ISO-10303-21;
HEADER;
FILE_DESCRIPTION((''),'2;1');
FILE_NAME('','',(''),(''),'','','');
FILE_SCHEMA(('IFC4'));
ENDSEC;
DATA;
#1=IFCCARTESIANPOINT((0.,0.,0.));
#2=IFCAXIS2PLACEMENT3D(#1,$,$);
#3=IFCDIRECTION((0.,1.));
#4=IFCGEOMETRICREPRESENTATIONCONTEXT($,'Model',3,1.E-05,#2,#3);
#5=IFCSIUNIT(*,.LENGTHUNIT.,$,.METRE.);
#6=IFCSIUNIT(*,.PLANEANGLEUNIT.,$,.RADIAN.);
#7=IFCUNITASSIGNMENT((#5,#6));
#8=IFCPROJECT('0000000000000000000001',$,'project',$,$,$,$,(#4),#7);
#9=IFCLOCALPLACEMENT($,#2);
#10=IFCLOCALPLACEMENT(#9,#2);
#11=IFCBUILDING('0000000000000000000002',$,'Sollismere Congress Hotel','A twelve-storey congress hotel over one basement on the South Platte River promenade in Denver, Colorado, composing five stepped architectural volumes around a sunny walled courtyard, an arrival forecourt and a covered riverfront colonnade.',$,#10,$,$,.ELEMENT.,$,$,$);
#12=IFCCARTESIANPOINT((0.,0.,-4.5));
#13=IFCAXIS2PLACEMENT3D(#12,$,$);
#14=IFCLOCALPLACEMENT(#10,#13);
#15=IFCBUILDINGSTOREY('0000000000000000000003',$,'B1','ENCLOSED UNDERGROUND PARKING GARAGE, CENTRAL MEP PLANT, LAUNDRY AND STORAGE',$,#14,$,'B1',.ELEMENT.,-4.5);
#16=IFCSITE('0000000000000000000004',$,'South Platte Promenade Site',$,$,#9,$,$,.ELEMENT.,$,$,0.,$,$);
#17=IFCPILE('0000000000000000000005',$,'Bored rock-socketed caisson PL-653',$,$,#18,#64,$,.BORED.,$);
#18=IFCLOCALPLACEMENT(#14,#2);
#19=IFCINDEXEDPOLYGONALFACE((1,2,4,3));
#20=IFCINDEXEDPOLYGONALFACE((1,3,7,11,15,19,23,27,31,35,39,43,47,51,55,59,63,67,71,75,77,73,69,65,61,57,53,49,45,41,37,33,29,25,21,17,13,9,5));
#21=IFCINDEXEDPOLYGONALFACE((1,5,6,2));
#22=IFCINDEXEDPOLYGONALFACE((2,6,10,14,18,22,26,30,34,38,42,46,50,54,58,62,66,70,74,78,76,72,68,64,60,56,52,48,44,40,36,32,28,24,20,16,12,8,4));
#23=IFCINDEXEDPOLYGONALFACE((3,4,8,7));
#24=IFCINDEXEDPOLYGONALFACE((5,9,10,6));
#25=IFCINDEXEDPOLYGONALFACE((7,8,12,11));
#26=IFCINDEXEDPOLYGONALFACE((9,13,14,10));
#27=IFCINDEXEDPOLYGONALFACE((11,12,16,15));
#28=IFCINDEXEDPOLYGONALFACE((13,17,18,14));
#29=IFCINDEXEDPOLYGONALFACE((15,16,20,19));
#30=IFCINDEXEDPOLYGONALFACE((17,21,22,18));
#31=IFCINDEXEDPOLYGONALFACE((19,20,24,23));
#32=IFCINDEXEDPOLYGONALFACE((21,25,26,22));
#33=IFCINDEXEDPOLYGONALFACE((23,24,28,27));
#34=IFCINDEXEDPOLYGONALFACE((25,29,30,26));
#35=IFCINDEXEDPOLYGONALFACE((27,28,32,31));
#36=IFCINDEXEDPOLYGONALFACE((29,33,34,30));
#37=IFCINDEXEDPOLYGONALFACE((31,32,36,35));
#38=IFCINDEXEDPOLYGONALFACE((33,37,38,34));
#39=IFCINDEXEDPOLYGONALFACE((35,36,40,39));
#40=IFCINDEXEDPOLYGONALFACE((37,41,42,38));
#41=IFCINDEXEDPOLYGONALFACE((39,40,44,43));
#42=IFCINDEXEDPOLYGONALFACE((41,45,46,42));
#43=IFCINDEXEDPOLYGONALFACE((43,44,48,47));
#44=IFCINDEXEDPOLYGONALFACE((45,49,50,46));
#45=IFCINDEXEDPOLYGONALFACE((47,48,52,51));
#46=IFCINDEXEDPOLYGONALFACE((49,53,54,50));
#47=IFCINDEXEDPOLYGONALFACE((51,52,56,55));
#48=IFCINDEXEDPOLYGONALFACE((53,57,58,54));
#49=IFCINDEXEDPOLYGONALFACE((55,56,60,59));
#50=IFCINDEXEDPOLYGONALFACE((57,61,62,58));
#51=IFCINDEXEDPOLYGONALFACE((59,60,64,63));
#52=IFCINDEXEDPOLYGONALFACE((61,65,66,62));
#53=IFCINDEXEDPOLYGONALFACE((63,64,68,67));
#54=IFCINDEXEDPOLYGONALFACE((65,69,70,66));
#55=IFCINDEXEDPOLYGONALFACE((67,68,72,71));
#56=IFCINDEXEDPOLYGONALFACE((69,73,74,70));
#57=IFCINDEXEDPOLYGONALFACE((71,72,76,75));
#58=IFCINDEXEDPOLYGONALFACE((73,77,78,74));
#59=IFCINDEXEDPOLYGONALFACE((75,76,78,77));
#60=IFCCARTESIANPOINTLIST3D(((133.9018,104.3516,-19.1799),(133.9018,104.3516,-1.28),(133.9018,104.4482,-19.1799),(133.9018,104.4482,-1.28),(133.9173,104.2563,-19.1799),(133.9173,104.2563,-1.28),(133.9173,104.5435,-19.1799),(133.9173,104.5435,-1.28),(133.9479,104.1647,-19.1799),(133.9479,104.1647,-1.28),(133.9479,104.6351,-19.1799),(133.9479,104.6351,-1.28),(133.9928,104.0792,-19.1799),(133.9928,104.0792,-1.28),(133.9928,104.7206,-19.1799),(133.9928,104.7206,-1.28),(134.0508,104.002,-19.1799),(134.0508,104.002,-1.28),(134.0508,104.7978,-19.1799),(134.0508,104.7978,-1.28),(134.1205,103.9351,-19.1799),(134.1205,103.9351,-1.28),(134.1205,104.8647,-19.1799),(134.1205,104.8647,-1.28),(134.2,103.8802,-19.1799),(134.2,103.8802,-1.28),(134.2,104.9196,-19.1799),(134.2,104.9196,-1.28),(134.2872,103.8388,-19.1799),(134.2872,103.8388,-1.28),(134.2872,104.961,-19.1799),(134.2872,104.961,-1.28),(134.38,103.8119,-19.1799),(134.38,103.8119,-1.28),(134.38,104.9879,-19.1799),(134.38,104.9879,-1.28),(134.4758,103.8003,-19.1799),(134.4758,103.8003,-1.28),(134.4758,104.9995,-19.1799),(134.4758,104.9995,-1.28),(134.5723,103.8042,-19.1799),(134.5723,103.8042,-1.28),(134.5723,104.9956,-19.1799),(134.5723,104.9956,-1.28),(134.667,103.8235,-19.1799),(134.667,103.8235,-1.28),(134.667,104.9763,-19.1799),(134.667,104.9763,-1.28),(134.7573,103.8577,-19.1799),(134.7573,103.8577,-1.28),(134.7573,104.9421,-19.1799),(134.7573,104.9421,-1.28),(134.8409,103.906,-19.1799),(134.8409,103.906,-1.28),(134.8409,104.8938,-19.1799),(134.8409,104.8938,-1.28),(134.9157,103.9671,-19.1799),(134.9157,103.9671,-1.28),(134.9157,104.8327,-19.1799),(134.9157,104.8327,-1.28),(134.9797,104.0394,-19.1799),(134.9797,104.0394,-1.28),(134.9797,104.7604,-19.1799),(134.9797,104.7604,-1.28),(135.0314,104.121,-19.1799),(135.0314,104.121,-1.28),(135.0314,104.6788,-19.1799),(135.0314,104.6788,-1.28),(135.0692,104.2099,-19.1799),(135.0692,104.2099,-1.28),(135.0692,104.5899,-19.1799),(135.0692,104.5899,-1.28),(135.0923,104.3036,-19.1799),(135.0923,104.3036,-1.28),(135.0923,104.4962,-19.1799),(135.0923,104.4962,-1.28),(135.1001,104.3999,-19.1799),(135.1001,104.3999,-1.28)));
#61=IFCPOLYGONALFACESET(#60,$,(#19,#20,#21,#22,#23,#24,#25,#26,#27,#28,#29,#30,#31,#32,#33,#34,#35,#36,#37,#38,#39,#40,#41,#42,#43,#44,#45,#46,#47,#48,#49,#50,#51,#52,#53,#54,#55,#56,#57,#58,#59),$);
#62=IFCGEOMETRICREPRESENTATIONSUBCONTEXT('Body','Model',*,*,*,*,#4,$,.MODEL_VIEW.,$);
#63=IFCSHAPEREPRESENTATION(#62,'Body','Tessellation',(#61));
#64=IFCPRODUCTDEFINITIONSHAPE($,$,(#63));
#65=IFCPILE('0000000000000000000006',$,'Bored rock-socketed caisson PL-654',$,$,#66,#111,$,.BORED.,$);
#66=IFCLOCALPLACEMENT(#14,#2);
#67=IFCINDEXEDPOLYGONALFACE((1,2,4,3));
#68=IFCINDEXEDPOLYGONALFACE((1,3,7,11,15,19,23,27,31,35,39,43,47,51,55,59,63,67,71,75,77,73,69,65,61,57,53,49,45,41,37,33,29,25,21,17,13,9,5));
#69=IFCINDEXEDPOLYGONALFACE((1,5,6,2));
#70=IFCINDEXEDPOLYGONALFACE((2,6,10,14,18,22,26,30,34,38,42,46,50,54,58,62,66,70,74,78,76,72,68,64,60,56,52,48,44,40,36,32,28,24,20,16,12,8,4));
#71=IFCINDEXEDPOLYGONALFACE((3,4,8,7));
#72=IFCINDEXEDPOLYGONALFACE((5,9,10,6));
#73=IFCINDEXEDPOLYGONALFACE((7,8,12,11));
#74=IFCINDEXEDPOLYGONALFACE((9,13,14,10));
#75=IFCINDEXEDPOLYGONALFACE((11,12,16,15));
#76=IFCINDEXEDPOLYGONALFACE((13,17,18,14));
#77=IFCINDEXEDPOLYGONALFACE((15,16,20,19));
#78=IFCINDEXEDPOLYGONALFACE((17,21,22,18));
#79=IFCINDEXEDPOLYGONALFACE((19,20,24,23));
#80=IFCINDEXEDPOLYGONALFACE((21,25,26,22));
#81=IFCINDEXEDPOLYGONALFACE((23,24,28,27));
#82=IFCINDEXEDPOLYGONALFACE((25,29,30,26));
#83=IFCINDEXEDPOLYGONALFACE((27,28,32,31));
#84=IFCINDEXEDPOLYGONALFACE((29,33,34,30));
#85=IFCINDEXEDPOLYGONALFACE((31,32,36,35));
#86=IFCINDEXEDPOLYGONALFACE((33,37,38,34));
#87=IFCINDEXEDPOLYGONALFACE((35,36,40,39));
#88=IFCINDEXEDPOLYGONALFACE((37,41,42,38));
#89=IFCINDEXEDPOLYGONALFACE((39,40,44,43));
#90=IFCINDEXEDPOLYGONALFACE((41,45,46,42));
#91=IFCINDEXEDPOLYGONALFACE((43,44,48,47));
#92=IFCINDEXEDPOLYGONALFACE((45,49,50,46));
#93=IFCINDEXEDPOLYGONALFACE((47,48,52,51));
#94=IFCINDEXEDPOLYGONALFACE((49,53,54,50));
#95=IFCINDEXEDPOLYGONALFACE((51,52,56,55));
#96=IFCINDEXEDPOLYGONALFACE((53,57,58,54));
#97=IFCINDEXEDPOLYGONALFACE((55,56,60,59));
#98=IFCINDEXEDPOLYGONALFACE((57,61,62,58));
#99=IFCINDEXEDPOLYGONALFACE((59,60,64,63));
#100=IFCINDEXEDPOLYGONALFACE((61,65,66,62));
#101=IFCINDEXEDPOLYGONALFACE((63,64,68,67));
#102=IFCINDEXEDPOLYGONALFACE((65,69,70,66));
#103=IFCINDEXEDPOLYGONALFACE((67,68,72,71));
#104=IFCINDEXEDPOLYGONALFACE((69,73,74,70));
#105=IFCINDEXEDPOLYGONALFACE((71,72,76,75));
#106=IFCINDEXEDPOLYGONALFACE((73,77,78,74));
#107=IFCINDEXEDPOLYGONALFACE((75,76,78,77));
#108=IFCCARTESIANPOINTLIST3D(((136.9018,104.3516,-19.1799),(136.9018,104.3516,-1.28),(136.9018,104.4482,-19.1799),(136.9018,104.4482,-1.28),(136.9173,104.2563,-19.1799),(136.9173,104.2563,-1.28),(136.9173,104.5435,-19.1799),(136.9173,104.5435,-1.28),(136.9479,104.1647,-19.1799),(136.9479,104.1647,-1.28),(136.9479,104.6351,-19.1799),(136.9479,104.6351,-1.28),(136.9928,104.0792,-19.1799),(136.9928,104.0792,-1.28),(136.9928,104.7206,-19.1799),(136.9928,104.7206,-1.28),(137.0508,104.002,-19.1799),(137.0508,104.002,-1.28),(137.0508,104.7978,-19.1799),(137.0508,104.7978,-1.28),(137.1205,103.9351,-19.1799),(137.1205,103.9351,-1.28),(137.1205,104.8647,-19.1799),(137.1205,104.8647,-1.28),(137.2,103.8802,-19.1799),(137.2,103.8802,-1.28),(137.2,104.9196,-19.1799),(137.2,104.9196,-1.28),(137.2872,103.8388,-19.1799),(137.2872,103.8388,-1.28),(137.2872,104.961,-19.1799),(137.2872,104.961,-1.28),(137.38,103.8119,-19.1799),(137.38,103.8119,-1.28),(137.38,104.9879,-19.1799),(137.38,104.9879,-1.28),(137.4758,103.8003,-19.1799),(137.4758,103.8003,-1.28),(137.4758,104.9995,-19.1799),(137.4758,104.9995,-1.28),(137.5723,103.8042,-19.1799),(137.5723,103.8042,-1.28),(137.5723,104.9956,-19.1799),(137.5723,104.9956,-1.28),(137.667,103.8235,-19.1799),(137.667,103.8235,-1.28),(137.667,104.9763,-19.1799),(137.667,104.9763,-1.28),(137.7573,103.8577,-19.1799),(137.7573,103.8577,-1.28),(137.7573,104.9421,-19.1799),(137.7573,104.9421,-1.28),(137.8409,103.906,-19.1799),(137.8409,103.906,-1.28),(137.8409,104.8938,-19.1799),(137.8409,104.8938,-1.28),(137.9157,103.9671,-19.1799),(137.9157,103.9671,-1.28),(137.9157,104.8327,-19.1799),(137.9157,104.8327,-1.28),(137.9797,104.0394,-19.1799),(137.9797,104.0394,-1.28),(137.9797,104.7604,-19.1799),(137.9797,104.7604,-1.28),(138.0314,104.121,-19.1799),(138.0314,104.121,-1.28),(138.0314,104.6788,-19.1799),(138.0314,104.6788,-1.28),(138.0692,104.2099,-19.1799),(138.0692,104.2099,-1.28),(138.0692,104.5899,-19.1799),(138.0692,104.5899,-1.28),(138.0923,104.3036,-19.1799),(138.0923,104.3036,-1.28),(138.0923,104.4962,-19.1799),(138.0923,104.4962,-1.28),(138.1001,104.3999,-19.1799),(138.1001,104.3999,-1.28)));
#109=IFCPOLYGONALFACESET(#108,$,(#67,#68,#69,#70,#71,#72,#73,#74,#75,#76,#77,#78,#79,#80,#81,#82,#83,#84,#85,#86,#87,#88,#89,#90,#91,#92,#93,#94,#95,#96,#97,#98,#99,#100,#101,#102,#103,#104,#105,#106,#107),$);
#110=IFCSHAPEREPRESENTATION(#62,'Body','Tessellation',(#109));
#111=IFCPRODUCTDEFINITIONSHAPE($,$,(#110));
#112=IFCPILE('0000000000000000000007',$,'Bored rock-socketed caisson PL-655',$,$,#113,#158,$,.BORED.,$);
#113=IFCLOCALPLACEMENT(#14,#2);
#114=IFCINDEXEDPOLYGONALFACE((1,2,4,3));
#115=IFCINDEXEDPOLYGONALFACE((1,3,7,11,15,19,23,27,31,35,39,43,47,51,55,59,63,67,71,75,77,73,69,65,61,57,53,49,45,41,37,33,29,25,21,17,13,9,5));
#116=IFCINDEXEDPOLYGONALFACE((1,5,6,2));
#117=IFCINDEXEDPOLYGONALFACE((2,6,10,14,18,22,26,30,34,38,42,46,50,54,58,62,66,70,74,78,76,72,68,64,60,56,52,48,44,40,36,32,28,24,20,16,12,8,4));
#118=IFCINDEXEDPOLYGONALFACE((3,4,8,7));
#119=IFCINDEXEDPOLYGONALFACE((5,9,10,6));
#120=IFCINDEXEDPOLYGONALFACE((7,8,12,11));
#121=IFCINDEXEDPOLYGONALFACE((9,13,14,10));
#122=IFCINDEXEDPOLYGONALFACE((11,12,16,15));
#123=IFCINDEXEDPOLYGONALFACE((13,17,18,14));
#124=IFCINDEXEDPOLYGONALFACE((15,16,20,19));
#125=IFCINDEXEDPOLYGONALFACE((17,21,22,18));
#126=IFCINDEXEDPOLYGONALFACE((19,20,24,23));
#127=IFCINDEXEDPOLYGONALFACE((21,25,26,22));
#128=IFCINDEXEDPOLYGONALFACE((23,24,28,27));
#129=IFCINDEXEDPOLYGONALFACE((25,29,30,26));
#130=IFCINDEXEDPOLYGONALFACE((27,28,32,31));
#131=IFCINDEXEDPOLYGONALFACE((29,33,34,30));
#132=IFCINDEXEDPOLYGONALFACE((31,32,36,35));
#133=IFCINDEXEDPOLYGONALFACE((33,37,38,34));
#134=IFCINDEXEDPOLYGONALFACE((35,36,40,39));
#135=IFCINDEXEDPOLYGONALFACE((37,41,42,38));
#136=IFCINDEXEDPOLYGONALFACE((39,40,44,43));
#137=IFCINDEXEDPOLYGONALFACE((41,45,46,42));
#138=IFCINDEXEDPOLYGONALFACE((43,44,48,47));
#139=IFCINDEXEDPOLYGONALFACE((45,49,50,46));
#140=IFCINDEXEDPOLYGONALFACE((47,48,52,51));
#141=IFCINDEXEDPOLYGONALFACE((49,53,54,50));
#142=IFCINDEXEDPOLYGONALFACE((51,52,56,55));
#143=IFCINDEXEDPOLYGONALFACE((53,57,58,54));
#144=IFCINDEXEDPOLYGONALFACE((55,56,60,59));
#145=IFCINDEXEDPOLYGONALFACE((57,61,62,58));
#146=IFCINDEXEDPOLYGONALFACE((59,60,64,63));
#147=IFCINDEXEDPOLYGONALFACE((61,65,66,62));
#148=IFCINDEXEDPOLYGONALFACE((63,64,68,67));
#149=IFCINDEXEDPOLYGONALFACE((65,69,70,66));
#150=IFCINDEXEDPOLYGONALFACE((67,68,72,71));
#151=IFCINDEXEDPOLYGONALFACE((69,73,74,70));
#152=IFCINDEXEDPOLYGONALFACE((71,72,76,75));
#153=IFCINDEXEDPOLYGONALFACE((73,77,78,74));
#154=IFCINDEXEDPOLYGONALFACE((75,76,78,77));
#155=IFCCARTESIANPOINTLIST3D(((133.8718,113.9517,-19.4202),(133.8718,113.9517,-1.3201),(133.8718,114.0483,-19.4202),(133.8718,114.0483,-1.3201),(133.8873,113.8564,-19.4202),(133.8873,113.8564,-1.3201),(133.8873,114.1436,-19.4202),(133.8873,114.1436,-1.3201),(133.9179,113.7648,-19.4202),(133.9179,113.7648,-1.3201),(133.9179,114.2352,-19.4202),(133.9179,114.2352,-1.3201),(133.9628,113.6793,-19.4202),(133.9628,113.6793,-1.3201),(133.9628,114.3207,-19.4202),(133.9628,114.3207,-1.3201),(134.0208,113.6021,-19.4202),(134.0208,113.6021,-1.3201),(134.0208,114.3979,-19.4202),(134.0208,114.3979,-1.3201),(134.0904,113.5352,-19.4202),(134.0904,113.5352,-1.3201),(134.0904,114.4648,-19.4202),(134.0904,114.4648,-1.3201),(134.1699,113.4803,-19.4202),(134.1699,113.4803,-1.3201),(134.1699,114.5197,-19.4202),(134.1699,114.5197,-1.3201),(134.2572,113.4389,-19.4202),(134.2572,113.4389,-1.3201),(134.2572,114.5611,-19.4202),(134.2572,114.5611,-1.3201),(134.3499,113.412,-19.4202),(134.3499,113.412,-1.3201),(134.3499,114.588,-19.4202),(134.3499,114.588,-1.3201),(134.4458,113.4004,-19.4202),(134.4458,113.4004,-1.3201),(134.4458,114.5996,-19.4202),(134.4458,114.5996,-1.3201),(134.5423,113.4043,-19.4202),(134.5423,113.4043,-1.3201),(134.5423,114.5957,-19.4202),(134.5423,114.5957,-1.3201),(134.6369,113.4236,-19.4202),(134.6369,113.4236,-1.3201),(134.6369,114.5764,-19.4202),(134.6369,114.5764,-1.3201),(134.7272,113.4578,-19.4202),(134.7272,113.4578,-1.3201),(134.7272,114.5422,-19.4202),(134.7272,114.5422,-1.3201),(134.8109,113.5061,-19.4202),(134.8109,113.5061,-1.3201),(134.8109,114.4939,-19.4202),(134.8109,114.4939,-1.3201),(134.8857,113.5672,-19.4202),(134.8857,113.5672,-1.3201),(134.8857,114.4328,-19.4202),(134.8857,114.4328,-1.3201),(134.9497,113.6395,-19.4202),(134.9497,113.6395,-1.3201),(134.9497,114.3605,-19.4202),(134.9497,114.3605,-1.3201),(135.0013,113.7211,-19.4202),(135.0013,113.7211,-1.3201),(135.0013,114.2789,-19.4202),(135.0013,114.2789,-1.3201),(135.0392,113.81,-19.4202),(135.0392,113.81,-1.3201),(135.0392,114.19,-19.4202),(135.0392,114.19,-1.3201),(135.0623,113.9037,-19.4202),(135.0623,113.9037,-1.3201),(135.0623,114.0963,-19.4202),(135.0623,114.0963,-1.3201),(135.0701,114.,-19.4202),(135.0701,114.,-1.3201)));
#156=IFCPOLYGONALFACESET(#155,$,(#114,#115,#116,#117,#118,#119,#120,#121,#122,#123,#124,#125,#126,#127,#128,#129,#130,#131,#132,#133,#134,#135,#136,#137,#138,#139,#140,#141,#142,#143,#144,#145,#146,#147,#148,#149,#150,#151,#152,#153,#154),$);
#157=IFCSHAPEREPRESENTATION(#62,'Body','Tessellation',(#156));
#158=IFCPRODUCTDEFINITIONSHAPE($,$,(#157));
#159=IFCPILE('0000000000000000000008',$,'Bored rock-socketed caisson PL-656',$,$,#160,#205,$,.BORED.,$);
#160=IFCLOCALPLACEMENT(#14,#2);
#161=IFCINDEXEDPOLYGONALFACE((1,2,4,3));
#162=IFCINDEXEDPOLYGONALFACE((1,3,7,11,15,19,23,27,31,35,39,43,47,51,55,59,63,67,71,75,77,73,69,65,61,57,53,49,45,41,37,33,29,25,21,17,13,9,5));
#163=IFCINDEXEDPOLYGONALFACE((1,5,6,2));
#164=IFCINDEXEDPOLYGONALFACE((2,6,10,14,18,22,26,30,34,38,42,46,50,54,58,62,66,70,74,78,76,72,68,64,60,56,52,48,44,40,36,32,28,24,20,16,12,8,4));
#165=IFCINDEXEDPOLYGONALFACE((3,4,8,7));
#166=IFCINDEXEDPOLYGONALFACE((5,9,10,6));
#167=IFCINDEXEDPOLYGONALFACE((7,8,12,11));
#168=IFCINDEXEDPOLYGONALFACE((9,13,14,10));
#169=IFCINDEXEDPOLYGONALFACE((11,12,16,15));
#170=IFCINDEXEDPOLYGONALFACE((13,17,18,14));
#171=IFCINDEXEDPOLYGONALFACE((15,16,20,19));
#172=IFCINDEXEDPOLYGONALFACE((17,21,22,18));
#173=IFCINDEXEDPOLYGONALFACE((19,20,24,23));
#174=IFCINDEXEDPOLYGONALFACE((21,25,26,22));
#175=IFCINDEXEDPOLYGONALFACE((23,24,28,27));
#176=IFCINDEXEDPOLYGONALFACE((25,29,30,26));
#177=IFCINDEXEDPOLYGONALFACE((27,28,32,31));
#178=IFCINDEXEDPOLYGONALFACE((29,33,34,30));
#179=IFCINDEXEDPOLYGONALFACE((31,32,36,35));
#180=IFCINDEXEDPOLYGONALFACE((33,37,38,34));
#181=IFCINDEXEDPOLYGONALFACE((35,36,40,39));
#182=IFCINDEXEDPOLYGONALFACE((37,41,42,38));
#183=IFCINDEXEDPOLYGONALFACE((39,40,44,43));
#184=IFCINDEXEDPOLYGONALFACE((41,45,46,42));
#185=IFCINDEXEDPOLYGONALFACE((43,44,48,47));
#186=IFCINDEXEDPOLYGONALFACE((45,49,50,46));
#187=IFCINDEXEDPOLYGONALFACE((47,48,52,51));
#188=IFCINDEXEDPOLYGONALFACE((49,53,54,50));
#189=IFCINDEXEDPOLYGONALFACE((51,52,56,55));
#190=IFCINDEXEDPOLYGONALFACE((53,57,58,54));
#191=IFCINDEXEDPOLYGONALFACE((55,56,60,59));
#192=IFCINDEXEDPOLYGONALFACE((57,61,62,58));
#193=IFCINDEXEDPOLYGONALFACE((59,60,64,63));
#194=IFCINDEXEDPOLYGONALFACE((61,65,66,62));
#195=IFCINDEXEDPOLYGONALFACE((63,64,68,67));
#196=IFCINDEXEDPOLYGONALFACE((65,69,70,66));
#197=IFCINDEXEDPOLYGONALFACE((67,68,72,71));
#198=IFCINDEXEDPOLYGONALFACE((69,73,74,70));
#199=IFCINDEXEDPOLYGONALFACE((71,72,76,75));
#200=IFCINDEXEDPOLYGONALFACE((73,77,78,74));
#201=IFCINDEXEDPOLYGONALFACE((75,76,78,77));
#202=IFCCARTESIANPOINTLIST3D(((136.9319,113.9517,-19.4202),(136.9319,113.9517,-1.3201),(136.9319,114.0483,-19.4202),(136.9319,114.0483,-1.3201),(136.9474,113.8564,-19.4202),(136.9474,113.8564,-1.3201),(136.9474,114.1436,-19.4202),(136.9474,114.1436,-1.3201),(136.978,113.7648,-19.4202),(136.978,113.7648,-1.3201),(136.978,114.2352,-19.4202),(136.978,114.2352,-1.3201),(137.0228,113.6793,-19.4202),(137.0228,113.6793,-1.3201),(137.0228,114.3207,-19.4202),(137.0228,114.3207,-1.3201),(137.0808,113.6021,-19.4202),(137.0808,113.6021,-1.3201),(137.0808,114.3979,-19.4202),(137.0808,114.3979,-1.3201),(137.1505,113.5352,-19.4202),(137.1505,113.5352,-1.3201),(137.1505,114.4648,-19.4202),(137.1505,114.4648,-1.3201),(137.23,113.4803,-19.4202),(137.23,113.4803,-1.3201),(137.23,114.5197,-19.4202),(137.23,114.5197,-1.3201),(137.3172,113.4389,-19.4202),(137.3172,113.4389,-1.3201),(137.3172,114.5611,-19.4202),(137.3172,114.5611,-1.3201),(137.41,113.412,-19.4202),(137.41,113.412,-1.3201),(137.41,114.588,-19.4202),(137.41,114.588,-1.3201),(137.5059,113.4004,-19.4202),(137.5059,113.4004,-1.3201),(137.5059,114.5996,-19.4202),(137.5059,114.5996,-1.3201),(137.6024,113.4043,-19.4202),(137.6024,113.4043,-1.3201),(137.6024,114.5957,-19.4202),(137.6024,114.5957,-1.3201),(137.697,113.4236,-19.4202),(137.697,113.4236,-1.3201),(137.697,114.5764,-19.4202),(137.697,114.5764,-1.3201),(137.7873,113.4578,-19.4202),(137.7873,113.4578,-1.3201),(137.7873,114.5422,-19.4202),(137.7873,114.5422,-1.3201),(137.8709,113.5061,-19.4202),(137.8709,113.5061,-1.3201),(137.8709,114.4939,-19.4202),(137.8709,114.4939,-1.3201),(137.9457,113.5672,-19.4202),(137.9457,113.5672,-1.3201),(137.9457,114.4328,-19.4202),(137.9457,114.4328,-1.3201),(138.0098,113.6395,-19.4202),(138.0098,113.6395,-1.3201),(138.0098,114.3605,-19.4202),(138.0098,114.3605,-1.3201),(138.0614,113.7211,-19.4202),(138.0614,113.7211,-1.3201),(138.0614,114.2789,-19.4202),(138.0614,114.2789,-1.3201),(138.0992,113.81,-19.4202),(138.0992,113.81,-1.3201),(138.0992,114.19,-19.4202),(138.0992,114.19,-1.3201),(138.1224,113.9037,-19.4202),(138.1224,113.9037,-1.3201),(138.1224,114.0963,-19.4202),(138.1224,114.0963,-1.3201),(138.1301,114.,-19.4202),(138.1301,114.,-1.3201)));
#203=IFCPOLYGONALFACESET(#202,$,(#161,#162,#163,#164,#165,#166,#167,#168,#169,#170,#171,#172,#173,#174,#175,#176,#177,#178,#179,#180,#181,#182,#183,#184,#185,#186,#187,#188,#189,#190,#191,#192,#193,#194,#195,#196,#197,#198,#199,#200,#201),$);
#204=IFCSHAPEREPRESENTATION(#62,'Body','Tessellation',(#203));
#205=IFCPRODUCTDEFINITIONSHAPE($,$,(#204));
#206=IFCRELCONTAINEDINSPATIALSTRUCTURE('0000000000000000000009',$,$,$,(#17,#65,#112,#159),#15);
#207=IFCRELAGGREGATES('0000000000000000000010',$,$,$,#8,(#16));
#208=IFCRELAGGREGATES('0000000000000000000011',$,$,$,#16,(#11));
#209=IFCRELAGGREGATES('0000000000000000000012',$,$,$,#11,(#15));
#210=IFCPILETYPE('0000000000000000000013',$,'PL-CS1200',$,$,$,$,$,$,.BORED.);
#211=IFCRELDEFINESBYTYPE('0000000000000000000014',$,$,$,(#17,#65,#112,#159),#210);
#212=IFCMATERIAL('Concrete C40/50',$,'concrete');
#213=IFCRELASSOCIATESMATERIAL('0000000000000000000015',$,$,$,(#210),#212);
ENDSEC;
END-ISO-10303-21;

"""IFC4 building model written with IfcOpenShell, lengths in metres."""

from ifc_helpers import new_model, si_unit, direction, frame, origin, origin_2d, place, context, subcontext, project, spatial, circle, extrude, material, material_profile, profile_set, type_object, element, save


model = new_model("IFC4")

# Units and contexts
model_context = context("Model", 3, precision=1e-05, world=origin(), true_north=direction((0.0, 1.0)))
body_context = subcontext(model_context, "Body", "Model", "MODEL_VIEW")
ifc_project = project(units=[si_unit("LENGTHUNIT", "METRE"), si_unit("PLANEANGLEUNIT", "RADIAN")], contexts=[model_context])

# Site, building, storey
site_placement = place(None, origin())
site = spatial("IfcSite", under=ifc_project, at=site_placement, Name="South Platte Promenade Site", CompositionType="ELEMENT", RefElevation=0.0)
building_placement = place(site_placement, origin())
building = spatial("IfcBuilding", under=site, at=building_placement, Name="Sollismere Congress Hotel", Description="A twelve-storey congress hotel over one basement on the South Platte River promenade in Denver, Colorado, composing five stepped architectural volumes around a sunny walled courtyard, an arrival forecourt and a covered riverfront colonnade.", CompositionType="ELEMENT")
storey_placement = place(building_placement, frame((0.0, 0.0, -4.5)))
storey = spatial("IfcBuildingStorey", under=building, at=storey_placement, Name="B1", Description="ENCLOSED UNDERGROUND PARKING GARAGE, CENTRAL MEP PLANT, LAUNDRY AND STORAGE", LongName="B1", CompositionType="ELEMENT", Elevation=-4.5)

# Shared definitions
ifc_material_1 = material(Name="Concrete C40/50", Category="concrete")

# Piles
ifc_material_profile_1 = material_profile(ifc_material_1, circle(Radius=0.6001, at=origin_2d()), Name="CAISSON1200")
ifc_profile_set_1 = profile_set([ifc_material_profile_1], Name="Concrete C40/50")
pile_type = type_object("IfcPileType", Name="PL-CS1200", PredefinedType="BORED", material=ifc_profile_set_1)
for number, where, z_axis, x_axis, name in (
    (1, (134.5, 104.3999, -1.28), (0.0, 0.0, -1.0), (1.0, 0.0, 0.0), "Bored rock-socketed caisson PL-653"),
    (2, (137.5, 104.3999, -1.28), (0.0, 0.0, -1.0), (1.0, 0.0, 0.0), "Bored rock-socketed caisson PL-654"),
):
    element("IfcPile", number, at=place(storey_placement, frame(where, z_axis=z_axis, x_axis=x_axis)), inside=storey, type_object=pile_type, Name=name, PredefinedType="BORED", context=body_context, shape_type="SweptSolid", body=[
        extrude(circle(Radius=0.6001, at=origin_2d()), origin(), (0.0, 0.0, 1.0), 17.8999),
    ])
for number, where, z_axis, x_axis, name in (
    (3, (134.47, 114.0, -1.3201), (0.0, 0.0, -1.0), (1.0, 0.0, 0.0), "Bored rock-socketed caisson PL-655"),
    (4, (137.53, 114.0, -1.3201), (0.0, 0.0, -1.0), (1.0, 0.0, 0.0), "Bored rock-socketed caisson PL-656"),
):
    element("IfcPile", number, at=place(storey_placement, frame(where, z_axis=z_axis, x_axis=x_axis)), inside=storey, type_object=pile_type, Name=name, PredefinedType="BORED", context=body_context, shape_type="SweptSolid", body=[
        extrude(circle(Radius=0.6001, at=origin_2d()), origin(), (0.0, 0.0, 1.0), 18.1001),
    ])

save(model, "model.ifc")
